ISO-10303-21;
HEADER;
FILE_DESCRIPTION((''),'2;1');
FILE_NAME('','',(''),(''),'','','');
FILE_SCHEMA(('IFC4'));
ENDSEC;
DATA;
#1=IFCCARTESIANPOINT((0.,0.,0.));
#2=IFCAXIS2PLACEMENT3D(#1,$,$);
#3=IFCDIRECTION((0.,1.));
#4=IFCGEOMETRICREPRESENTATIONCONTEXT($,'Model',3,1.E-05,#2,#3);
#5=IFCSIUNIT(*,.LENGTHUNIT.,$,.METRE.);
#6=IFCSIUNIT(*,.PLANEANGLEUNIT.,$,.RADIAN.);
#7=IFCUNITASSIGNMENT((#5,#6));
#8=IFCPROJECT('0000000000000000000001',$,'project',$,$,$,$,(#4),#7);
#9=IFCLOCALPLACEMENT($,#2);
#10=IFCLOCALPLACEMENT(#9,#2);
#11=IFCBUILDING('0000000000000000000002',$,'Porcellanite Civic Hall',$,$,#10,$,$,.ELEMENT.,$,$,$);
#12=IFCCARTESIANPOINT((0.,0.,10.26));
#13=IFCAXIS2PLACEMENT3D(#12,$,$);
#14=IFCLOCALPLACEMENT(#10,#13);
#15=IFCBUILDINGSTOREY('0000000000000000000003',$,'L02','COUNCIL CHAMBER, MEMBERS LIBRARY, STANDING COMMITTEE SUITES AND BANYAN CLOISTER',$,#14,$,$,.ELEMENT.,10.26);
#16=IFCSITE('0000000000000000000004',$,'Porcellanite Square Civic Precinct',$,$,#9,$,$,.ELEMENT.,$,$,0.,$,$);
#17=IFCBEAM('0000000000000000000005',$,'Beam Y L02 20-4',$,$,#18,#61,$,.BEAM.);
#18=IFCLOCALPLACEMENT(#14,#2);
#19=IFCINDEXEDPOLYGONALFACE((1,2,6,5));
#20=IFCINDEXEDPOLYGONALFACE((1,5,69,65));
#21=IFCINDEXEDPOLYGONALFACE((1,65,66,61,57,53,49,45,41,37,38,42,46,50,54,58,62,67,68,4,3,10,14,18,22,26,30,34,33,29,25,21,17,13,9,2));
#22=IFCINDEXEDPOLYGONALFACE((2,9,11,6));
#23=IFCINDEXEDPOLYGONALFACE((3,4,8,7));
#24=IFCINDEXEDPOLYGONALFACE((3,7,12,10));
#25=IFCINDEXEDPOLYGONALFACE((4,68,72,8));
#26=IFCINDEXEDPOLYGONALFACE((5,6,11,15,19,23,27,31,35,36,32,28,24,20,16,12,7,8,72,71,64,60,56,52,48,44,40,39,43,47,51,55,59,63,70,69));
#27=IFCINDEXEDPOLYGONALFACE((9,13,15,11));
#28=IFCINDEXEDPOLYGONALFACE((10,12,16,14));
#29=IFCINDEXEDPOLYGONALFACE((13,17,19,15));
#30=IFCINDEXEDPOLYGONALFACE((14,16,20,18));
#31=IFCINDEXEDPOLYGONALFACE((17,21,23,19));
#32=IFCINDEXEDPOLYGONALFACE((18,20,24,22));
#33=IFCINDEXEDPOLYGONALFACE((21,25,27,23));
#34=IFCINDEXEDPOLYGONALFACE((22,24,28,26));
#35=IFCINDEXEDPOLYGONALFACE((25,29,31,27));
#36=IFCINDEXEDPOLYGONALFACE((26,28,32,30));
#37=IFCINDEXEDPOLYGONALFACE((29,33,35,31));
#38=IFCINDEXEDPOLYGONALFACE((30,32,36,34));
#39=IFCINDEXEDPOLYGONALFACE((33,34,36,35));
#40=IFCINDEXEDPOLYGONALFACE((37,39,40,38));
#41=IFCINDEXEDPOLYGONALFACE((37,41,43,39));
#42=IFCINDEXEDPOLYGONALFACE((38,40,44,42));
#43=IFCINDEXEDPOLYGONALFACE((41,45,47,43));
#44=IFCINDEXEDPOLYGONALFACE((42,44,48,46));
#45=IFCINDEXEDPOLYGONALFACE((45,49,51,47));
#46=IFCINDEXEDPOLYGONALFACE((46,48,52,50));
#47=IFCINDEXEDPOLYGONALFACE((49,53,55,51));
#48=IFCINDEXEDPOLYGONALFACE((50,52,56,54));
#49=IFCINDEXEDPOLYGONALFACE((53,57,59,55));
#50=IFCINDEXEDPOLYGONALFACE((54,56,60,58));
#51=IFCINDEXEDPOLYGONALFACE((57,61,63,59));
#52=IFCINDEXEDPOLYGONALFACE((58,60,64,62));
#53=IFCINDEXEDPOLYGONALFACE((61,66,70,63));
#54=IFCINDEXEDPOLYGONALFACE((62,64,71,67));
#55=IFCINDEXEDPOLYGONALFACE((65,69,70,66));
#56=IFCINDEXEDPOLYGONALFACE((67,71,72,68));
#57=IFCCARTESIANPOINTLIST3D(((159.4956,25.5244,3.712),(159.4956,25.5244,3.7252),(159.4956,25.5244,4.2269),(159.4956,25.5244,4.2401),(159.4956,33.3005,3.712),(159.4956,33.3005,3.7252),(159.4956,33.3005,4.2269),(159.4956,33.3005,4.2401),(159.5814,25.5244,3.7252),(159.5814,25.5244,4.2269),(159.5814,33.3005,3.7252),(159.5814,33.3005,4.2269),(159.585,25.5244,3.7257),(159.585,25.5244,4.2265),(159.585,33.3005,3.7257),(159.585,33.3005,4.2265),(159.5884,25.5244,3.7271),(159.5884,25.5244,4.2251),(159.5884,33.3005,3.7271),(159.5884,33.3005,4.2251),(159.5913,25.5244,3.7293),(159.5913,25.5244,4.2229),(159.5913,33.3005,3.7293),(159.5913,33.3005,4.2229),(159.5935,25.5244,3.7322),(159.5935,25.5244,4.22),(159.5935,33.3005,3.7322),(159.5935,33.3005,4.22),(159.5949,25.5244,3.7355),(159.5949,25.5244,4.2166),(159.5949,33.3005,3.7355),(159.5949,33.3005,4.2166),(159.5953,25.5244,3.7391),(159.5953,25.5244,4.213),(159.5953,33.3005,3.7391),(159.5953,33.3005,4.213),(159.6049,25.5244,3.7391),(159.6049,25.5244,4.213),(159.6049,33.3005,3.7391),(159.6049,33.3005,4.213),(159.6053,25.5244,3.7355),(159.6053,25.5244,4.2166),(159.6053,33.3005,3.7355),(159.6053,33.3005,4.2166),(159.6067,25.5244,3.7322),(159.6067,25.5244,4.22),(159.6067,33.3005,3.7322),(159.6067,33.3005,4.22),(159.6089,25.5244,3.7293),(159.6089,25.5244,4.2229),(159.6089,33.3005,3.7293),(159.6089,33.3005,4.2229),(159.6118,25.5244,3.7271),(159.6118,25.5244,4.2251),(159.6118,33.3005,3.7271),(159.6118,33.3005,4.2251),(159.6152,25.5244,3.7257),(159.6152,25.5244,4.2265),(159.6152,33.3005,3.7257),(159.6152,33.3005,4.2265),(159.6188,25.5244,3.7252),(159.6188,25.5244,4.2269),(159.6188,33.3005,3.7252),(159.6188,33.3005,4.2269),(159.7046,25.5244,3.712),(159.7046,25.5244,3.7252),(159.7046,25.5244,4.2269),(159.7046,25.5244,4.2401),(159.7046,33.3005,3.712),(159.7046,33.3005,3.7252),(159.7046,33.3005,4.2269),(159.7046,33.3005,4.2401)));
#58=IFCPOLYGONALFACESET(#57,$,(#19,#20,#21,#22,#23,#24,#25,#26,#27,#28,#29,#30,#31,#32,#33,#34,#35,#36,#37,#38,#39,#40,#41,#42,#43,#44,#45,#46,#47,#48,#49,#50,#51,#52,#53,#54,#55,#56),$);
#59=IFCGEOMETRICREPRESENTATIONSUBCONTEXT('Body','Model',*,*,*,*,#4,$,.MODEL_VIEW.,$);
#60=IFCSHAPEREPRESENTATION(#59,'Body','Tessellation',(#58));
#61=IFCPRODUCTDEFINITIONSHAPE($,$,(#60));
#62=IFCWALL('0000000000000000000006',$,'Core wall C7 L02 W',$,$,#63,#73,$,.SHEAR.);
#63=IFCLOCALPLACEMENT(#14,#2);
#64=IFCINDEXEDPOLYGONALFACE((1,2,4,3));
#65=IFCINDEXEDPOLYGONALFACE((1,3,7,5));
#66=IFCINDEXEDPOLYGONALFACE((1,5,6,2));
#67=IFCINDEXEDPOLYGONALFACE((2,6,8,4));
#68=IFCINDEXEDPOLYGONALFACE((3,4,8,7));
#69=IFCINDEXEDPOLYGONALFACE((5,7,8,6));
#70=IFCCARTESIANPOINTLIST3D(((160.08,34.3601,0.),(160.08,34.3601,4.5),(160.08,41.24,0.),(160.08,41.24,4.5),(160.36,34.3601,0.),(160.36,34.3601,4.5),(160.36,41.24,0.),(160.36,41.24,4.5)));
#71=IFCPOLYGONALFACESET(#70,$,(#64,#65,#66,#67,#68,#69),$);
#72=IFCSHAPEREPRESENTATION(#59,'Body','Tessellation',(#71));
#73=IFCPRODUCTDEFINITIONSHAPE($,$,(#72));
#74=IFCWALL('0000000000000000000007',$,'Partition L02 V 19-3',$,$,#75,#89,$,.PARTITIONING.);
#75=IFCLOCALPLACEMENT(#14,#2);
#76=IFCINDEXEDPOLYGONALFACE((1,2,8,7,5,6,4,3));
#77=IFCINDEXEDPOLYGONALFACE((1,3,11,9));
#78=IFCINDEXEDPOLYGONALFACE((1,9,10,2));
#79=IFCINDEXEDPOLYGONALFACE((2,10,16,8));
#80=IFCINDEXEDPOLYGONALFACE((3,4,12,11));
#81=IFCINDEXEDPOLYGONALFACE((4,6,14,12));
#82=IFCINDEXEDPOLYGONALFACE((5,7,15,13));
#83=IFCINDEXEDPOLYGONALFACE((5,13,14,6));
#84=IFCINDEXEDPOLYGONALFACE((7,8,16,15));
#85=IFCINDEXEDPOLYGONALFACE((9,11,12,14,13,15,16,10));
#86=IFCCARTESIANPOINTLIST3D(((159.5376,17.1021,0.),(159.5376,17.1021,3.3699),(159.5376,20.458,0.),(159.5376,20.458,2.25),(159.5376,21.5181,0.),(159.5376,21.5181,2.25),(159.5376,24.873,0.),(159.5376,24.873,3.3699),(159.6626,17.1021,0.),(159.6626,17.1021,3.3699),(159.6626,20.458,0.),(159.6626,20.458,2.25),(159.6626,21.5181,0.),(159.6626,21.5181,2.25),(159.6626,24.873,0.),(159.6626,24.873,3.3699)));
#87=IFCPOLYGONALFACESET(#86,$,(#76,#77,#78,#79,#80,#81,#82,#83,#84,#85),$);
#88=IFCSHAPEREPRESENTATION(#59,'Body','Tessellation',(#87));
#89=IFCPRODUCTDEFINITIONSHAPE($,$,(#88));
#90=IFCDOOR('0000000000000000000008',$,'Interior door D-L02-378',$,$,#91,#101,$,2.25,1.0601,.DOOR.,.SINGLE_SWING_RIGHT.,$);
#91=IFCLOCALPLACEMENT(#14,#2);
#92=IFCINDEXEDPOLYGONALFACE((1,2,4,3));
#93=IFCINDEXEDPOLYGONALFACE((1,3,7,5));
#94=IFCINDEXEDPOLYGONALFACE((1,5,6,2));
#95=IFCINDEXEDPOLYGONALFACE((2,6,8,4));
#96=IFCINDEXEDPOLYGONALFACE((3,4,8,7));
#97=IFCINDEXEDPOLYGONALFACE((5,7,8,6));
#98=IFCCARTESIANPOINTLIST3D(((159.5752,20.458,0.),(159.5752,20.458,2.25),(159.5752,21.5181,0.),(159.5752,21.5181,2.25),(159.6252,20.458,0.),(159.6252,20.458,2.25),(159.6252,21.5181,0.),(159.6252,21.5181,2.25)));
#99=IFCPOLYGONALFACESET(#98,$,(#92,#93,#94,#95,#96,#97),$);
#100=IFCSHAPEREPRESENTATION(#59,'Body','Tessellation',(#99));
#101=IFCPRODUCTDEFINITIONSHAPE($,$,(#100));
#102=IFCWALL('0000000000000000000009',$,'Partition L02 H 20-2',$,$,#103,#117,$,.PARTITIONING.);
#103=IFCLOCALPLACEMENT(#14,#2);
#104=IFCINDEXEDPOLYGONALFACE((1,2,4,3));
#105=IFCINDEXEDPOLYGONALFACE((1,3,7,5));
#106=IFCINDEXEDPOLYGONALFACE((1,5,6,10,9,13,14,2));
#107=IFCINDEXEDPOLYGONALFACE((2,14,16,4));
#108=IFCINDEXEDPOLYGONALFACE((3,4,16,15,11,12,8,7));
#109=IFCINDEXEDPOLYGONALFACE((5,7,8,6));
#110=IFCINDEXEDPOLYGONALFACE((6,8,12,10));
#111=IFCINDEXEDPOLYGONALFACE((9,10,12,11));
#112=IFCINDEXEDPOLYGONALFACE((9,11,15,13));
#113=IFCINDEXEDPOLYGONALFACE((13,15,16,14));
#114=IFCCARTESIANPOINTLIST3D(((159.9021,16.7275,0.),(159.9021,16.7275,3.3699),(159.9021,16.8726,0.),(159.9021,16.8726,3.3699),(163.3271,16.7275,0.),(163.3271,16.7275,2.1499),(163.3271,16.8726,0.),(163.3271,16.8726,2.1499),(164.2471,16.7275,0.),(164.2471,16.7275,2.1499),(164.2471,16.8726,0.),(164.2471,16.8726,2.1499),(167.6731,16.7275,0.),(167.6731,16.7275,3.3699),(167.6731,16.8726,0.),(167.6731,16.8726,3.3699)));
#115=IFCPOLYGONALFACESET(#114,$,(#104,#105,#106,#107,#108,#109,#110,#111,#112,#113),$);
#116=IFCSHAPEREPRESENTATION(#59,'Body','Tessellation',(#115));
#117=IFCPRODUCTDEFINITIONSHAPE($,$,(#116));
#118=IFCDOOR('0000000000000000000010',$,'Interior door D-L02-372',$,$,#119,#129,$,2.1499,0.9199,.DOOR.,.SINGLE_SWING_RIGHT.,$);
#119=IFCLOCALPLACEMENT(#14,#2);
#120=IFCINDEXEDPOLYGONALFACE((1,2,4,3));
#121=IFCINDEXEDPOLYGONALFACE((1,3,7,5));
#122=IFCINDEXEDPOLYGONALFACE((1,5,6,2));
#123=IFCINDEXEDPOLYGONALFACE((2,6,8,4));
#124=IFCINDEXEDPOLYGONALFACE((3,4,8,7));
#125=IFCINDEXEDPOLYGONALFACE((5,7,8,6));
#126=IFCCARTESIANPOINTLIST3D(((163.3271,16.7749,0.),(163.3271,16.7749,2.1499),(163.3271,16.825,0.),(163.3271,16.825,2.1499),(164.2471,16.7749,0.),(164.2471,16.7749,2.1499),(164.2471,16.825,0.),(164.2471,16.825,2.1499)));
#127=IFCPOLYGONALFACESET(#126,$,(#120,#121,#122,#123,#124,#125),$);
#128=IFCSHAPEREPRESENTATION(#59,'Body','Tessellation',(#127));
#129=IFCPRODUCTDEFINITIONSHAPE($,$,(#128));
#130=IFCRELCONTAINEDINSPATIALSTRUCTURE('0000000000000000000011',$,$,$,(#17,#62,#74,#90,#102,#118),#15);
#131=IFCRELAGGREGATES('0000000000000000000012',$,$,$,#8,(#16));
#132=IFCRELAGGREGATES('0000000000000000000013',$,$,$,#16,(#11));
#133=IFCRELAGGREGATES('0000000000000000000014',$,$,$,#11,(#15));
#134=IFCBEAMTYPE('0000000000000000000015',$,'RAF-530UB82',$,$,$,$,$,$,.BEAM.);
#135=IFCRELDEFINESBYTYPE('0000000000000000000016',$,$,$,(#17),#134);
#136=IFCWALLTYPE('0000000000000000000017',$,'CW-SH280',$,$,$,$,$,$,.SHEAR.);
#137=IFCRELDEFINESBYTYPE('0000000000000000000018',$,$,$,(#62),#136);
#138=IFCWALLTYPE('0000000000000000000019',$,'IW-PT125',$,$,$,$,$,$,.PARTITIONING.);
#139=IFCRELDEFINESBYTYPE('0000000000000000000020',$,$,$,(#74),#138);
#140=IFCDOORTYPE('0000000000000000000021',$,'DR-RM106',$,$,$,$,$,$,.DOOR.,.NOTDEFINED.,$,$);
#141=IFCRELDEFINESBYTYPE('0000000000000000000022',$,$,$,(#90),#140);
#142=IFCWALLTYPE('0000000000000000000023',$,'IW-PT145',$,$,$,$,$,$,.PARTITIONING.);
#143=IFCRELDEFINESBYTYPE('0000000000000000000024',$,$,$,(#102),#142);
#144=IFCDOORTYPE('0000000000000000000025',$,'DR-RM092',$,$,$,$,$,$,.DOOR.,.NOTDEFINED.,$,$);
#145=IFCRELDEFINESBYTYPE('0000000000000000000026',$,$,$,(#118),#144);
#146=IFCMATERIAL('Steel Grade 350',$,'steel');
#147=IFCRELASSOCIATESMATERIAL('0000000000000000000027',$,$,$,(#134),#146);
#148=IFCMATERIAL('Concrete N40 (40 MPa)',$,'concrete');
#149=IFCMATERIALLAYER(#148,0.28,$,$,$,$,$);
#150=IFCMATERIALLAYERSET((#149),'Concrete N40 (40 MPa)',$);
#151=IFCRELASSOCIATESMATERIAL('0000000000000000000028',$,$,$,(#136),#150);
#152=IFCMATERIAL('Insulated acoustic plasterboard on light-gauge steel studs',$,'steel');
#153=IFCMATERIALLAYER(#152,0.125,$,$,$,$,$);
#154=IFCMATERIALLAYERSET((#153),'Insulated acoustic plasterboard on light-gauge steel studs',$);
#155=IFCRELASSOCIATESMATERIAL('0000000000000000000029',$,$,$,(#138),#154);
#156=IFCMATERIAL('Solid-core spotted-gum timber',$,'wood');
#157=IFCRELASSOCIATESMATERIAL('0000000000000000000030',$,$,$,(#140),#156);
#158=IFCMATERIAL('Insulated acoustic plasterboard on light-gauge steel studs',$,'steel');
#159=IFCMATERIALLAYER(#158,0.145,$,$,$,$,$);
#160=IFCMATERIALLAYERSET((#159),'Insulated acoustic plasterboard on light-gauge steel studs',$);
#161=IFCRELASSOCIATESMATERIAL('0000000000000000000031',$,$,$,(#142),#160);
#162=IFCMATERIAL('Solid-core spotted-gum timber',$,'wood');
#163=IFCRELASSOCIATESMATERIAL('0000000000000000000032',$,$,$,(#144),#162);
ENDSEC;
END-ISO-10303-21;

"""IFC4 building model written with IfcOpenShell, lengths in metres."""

from ifc_helpers import new_model, si_unit, direction, frame, frame_2d, origin, origin_2d, place, context, subcontext, project, spatial, rectangle, i_section, extrude, material, layer, layer_set, material_profile, profile_set, type_object, element, fill, save


model = new_model("IFC4")

# Units and contexts
model_context = context("Model", 3, precision=1e-05, world=origin(), true_north=direction((0.0, 1.0)))
body_context = subcontext(model_context, "Body", "Model", "MODEL_VIEW")
ifc_project = project(units=[si_unit("LENGTHUNIT", "METRE"), si_unit("PLANEANGLEUNIT", "RADIAN")], contexts=[model_context])

# Site, building, storey
site_placement = place(None, origin())
site = spatial("IfcSite", under=ifc_project, at=site_placement, Name="Porcellanite Square Civic Precinct", CompositionType="ELEMENT", RefElevation=0.0)
building_placement = place(site_placement, origin())
building = spatial("IfcBuilding", under=site, at=building_placement, Name="Porcellanite Civic Hall", CompositionType="ELEMENT")
storey_placement = place(building_placement, frame((0.0, 0.0, 10.26)))
storey = spatial("IfcBuildingStorey", under=building, at=storey_placement, Name="L02", Description="COUNCIL CHAMBER, MEMBERS LIBRARY, STANDING COMMITTEE SUITES AND BANYAN CLOISTER", CompositionType="ELEMENT", Elevation=10.26)

# Beam
ifc_material_1 = material(Name="Steel Grade 350", Category="steel")
ifc_material_profile_1 = material_profile(ifc_material_1, i_section(OverallWidth=0.209, OverallDepth=0.5281, WebThickness=0.0095, FlangeThickness=0.0132, FilletRadius=0.0139, at=origin_2d()), Name="530UB82.0")
ifc_profile_set_1 = profile_set([ifc_material_profile_1], Name="Steel Grade 350")
beam_type_1 = type_object("IfcBeamType", Name="RAF-530UB82", PredefinedType="BEAM", material=ifc_profile_set_1)
beam_1_placement = place(storey_placement, frame((159.6001, 25.5244, 3.9761), z_axis=(0.0, 1.0, 0.0), x_axis=(-1.0, 0.0, 0.0)))
element("IfcBeam", 1, at=beam_1_placement, inside=storey, type_object=beam_type_1, Name="Beam Y L02 20-4", PredefinedType="BEAM", context=body_context, shape_type="SweptSolid", body=[
    extrude(i_section(OverallWidth=0.209, OverallDepth=0.5281, WebThickness=0.0095, FlangeThickness=0.0132, FilletRadius=0.0139, at=origin_2d()), origin(), (0.0, 0.0, 1.0), 7.7761),
])

# Wall
ifc_material_2 = material(Name="Concrete N40 (40 MPa)", Category="concrete")
ifc_layer_1 = layer(ifc_material_2, 0.28)
ifc_layer_set_1 = layer_set([ifc_layer_1], Name="Concrete N40 (40 MPa)")
wall_type_1 = type_object("IfcWallType", Name="CW-SH280", PredefinedType="SHEAR", material=ifc_layer_set_1)
wall_1_placement = place(storey_placement, frame((160.22, 34.3601, 0.0), z_axis=(0.0, 0.0, 1.0), x_axis=(0.0, 1.0, 0.0)))
element("IfcWall", 2, at=wall_1_placement, inside=storey, type_object=wall_type_1, Name="Core wall C7 L02 W", PredefinedType="SHEAR", context=body_context, shape_type="SweptSolid", body=[
    extrude(rectangle(XDim=6.8799, YDim=0.28, at=frame_2d((3.4399, 0.0))), origin(), (0.0, 0.0, 1.0), 4.5),
])

# Walls, openings, doors
ifc_material_3 = material(Name="Insulated acoustic plasterboard on light-gauge steel studs", Category="steel")
ifc_layer_2 = layer(ifc_material_3, 0.125)
ifc_layer_set_2 = layer_set([ifc_layer_2], Name="Insulated acoustic plasterboard on light-gauge steel studs")
wall_type_2 = type_object("IfcWallType", Name="IW-PT125", PredefinedType="PARTITIONING", material=ifc_layer_set_2)
wall_2_placement = place(storey_placement, frame((159.6001, 17.1021, 0.0), z_axis=(0.0, 0.0, 1.0), x_axis=(0.0, 1.0, 0.0)))
wall_2 = element("IfcWall", 3, at=wall_2_placement, inside=storey, type_object=wall_type_2, Name="Partition L02 V 19-3", PredefinedType="PARTITIONING", context=body_context, shape_type="SweptSolid", body=[
    extrude(rectangle(XDim=7.771, YDim=0.125, at=frame_2d((3.8855, 0.0))), origin(), (0.0, 0.0, 1.0), 3.3699),
])
opening_1_placement = place(wall_2_placement, frame((3.356, 0.0, 0.0)))
opening_1 = element("IfcOpeningElement", 4, at=opening_1_placement, cuts=wall_2, PredefinedType="OPENING", context=body_context, shape_type="SweptSolid", body=[
    extrude(rectangle(XDim=1.0601, YDim=2.25, at=frame_2d((0.53, 1.125))), frame((0.0, 0.0625, 0.0), z_axis=(0.0, -1.0, 0.0), x_axis=(1.0, 0.0, 0.0)), (0.0, 0.0, 1.0), 0.125),
])
ifc_material_4 = material(Name="Solid-core spotted-gum timber", Category="wood")
door_type_1 = type_object("IfcDoorType", Name="DR-RM106", OperationType="NOTDEFINED", PredefinedType="DOOR", material=ifc_material_4)
door_1_placement = place(opening_1_placement, origin())
door_1 = element("IfcDoor", 5, at=door_1_placement, inside=storey, type_object=door_type_1, Name="Interior door D-L02-378", OperationType="SINGLE_SWING_RIGHT", OverallHeight=2.25, OverallWidth=1.0601, PredefinedType="DOOR", context=body_context, shape_type="SweptSolid", body=[
    extrude(rectangle(XDim=1.0601, YDim=2.25, at=frame_2d((0.53, 1.125))), frame((0.0, 0.0249, 0.0), z_axis=(0.0, -1.0, 0.0), x_axis=(1.0, 0.0, 0.0)), (0.0, 0.0, 1.0), 0.05),
])
fill(opening_1, door_1)
ifc_material_5 = material(Name="Insulated acoustic plasterboard on light-gauge steel studs", Category="steel")
ifc_layer_3 = layer(ifc_material_5, 0.145)
ifc_layer_set_3 = layer_set([ifc_layer_3], Name="Insulated acoustic plasterboard on light-gauge steel studs")
wall_type_3 = type_object("IfcWallType", Name="IW-PT145", PredefinedType="PARTITIONING", material=ifc_layer_set_3)
wall_3_placement = place(storey_placement, frame((159.9021, 16.8, 0.0), z_axis=(0.0, 0.0, 1.0), x_axis=(1.0, 0.0, 0.0)))
wall_3 = element("IfcWall", 6, at=wall_3_placement, inside=storey, type_object=wall_type_3, Name="Partition L02 H 20-2", PredefinedType="PARTITIONING", context=body_context, shape_type="SweptSolid", body=[
    extrude(rectangle(XDim=7.771, YDim=0.145, at=frame_2d((3.8855, 0.0))), origin(), (0.0, 0.0, 1.0), 3.3699),
])
opening_2_placement = place(wall_3_placement, frame((3.425, 0.0, 0.0)))
opening_2 = element("IfcOpeningElement", 7, at=opening_2_placement, cuts=wall_3, PredefinedType="OPENING", context=body_context, shape_type="SweptSolid", body=[
    extrude(rectangle(XDim=0.9199, YDim=2.1499, at=frame_2d((0.46, 1.075))), frame((0.0, 0.0725, 0.0), z_axis=(0.0, -1.0, 0.0), x_axis=(1.0, 0.0, 0.0)), (0.0, 0.0, 1.0), 0.145),
])
ifc_material_6 = material(Name="Solid-core spotted-gum timber", Category="wood")
door_type_2 = type_object("IfcDoorType", Name="DR-RM092", OperationType="NOTDEFINED", PredefinedType="DOOR", material=ifc_material_6)
door_2_placement = place(opening_2_placement, origin())
door_2 = element("IfcDoor", 8, at=door_2_placement, inside=storey, type_object=door_type_2, Name="Interior door D-L02-372", OperationType="SINGLE_SWING_RIGHT", OverallHeight=2.1499, OverallWidth=0.9199, PredefinedType="DOOR", context=body_context, shape_type="SweptSolid", body=[
    extrude(rectangle(XDim=0.9199, YDim=2.1499, at=frame_2d((0.46, 1.075))), frame((0.0, 0.0249, 0.0), z_axis=(0.0, -1.0, 0.0), x_axis=(1.0, 0.0, 0.0)), (0.0, 0.0, 1.0), 0.05),
])
fill(opening_2, door_2)

save(model, "model.ifc")
